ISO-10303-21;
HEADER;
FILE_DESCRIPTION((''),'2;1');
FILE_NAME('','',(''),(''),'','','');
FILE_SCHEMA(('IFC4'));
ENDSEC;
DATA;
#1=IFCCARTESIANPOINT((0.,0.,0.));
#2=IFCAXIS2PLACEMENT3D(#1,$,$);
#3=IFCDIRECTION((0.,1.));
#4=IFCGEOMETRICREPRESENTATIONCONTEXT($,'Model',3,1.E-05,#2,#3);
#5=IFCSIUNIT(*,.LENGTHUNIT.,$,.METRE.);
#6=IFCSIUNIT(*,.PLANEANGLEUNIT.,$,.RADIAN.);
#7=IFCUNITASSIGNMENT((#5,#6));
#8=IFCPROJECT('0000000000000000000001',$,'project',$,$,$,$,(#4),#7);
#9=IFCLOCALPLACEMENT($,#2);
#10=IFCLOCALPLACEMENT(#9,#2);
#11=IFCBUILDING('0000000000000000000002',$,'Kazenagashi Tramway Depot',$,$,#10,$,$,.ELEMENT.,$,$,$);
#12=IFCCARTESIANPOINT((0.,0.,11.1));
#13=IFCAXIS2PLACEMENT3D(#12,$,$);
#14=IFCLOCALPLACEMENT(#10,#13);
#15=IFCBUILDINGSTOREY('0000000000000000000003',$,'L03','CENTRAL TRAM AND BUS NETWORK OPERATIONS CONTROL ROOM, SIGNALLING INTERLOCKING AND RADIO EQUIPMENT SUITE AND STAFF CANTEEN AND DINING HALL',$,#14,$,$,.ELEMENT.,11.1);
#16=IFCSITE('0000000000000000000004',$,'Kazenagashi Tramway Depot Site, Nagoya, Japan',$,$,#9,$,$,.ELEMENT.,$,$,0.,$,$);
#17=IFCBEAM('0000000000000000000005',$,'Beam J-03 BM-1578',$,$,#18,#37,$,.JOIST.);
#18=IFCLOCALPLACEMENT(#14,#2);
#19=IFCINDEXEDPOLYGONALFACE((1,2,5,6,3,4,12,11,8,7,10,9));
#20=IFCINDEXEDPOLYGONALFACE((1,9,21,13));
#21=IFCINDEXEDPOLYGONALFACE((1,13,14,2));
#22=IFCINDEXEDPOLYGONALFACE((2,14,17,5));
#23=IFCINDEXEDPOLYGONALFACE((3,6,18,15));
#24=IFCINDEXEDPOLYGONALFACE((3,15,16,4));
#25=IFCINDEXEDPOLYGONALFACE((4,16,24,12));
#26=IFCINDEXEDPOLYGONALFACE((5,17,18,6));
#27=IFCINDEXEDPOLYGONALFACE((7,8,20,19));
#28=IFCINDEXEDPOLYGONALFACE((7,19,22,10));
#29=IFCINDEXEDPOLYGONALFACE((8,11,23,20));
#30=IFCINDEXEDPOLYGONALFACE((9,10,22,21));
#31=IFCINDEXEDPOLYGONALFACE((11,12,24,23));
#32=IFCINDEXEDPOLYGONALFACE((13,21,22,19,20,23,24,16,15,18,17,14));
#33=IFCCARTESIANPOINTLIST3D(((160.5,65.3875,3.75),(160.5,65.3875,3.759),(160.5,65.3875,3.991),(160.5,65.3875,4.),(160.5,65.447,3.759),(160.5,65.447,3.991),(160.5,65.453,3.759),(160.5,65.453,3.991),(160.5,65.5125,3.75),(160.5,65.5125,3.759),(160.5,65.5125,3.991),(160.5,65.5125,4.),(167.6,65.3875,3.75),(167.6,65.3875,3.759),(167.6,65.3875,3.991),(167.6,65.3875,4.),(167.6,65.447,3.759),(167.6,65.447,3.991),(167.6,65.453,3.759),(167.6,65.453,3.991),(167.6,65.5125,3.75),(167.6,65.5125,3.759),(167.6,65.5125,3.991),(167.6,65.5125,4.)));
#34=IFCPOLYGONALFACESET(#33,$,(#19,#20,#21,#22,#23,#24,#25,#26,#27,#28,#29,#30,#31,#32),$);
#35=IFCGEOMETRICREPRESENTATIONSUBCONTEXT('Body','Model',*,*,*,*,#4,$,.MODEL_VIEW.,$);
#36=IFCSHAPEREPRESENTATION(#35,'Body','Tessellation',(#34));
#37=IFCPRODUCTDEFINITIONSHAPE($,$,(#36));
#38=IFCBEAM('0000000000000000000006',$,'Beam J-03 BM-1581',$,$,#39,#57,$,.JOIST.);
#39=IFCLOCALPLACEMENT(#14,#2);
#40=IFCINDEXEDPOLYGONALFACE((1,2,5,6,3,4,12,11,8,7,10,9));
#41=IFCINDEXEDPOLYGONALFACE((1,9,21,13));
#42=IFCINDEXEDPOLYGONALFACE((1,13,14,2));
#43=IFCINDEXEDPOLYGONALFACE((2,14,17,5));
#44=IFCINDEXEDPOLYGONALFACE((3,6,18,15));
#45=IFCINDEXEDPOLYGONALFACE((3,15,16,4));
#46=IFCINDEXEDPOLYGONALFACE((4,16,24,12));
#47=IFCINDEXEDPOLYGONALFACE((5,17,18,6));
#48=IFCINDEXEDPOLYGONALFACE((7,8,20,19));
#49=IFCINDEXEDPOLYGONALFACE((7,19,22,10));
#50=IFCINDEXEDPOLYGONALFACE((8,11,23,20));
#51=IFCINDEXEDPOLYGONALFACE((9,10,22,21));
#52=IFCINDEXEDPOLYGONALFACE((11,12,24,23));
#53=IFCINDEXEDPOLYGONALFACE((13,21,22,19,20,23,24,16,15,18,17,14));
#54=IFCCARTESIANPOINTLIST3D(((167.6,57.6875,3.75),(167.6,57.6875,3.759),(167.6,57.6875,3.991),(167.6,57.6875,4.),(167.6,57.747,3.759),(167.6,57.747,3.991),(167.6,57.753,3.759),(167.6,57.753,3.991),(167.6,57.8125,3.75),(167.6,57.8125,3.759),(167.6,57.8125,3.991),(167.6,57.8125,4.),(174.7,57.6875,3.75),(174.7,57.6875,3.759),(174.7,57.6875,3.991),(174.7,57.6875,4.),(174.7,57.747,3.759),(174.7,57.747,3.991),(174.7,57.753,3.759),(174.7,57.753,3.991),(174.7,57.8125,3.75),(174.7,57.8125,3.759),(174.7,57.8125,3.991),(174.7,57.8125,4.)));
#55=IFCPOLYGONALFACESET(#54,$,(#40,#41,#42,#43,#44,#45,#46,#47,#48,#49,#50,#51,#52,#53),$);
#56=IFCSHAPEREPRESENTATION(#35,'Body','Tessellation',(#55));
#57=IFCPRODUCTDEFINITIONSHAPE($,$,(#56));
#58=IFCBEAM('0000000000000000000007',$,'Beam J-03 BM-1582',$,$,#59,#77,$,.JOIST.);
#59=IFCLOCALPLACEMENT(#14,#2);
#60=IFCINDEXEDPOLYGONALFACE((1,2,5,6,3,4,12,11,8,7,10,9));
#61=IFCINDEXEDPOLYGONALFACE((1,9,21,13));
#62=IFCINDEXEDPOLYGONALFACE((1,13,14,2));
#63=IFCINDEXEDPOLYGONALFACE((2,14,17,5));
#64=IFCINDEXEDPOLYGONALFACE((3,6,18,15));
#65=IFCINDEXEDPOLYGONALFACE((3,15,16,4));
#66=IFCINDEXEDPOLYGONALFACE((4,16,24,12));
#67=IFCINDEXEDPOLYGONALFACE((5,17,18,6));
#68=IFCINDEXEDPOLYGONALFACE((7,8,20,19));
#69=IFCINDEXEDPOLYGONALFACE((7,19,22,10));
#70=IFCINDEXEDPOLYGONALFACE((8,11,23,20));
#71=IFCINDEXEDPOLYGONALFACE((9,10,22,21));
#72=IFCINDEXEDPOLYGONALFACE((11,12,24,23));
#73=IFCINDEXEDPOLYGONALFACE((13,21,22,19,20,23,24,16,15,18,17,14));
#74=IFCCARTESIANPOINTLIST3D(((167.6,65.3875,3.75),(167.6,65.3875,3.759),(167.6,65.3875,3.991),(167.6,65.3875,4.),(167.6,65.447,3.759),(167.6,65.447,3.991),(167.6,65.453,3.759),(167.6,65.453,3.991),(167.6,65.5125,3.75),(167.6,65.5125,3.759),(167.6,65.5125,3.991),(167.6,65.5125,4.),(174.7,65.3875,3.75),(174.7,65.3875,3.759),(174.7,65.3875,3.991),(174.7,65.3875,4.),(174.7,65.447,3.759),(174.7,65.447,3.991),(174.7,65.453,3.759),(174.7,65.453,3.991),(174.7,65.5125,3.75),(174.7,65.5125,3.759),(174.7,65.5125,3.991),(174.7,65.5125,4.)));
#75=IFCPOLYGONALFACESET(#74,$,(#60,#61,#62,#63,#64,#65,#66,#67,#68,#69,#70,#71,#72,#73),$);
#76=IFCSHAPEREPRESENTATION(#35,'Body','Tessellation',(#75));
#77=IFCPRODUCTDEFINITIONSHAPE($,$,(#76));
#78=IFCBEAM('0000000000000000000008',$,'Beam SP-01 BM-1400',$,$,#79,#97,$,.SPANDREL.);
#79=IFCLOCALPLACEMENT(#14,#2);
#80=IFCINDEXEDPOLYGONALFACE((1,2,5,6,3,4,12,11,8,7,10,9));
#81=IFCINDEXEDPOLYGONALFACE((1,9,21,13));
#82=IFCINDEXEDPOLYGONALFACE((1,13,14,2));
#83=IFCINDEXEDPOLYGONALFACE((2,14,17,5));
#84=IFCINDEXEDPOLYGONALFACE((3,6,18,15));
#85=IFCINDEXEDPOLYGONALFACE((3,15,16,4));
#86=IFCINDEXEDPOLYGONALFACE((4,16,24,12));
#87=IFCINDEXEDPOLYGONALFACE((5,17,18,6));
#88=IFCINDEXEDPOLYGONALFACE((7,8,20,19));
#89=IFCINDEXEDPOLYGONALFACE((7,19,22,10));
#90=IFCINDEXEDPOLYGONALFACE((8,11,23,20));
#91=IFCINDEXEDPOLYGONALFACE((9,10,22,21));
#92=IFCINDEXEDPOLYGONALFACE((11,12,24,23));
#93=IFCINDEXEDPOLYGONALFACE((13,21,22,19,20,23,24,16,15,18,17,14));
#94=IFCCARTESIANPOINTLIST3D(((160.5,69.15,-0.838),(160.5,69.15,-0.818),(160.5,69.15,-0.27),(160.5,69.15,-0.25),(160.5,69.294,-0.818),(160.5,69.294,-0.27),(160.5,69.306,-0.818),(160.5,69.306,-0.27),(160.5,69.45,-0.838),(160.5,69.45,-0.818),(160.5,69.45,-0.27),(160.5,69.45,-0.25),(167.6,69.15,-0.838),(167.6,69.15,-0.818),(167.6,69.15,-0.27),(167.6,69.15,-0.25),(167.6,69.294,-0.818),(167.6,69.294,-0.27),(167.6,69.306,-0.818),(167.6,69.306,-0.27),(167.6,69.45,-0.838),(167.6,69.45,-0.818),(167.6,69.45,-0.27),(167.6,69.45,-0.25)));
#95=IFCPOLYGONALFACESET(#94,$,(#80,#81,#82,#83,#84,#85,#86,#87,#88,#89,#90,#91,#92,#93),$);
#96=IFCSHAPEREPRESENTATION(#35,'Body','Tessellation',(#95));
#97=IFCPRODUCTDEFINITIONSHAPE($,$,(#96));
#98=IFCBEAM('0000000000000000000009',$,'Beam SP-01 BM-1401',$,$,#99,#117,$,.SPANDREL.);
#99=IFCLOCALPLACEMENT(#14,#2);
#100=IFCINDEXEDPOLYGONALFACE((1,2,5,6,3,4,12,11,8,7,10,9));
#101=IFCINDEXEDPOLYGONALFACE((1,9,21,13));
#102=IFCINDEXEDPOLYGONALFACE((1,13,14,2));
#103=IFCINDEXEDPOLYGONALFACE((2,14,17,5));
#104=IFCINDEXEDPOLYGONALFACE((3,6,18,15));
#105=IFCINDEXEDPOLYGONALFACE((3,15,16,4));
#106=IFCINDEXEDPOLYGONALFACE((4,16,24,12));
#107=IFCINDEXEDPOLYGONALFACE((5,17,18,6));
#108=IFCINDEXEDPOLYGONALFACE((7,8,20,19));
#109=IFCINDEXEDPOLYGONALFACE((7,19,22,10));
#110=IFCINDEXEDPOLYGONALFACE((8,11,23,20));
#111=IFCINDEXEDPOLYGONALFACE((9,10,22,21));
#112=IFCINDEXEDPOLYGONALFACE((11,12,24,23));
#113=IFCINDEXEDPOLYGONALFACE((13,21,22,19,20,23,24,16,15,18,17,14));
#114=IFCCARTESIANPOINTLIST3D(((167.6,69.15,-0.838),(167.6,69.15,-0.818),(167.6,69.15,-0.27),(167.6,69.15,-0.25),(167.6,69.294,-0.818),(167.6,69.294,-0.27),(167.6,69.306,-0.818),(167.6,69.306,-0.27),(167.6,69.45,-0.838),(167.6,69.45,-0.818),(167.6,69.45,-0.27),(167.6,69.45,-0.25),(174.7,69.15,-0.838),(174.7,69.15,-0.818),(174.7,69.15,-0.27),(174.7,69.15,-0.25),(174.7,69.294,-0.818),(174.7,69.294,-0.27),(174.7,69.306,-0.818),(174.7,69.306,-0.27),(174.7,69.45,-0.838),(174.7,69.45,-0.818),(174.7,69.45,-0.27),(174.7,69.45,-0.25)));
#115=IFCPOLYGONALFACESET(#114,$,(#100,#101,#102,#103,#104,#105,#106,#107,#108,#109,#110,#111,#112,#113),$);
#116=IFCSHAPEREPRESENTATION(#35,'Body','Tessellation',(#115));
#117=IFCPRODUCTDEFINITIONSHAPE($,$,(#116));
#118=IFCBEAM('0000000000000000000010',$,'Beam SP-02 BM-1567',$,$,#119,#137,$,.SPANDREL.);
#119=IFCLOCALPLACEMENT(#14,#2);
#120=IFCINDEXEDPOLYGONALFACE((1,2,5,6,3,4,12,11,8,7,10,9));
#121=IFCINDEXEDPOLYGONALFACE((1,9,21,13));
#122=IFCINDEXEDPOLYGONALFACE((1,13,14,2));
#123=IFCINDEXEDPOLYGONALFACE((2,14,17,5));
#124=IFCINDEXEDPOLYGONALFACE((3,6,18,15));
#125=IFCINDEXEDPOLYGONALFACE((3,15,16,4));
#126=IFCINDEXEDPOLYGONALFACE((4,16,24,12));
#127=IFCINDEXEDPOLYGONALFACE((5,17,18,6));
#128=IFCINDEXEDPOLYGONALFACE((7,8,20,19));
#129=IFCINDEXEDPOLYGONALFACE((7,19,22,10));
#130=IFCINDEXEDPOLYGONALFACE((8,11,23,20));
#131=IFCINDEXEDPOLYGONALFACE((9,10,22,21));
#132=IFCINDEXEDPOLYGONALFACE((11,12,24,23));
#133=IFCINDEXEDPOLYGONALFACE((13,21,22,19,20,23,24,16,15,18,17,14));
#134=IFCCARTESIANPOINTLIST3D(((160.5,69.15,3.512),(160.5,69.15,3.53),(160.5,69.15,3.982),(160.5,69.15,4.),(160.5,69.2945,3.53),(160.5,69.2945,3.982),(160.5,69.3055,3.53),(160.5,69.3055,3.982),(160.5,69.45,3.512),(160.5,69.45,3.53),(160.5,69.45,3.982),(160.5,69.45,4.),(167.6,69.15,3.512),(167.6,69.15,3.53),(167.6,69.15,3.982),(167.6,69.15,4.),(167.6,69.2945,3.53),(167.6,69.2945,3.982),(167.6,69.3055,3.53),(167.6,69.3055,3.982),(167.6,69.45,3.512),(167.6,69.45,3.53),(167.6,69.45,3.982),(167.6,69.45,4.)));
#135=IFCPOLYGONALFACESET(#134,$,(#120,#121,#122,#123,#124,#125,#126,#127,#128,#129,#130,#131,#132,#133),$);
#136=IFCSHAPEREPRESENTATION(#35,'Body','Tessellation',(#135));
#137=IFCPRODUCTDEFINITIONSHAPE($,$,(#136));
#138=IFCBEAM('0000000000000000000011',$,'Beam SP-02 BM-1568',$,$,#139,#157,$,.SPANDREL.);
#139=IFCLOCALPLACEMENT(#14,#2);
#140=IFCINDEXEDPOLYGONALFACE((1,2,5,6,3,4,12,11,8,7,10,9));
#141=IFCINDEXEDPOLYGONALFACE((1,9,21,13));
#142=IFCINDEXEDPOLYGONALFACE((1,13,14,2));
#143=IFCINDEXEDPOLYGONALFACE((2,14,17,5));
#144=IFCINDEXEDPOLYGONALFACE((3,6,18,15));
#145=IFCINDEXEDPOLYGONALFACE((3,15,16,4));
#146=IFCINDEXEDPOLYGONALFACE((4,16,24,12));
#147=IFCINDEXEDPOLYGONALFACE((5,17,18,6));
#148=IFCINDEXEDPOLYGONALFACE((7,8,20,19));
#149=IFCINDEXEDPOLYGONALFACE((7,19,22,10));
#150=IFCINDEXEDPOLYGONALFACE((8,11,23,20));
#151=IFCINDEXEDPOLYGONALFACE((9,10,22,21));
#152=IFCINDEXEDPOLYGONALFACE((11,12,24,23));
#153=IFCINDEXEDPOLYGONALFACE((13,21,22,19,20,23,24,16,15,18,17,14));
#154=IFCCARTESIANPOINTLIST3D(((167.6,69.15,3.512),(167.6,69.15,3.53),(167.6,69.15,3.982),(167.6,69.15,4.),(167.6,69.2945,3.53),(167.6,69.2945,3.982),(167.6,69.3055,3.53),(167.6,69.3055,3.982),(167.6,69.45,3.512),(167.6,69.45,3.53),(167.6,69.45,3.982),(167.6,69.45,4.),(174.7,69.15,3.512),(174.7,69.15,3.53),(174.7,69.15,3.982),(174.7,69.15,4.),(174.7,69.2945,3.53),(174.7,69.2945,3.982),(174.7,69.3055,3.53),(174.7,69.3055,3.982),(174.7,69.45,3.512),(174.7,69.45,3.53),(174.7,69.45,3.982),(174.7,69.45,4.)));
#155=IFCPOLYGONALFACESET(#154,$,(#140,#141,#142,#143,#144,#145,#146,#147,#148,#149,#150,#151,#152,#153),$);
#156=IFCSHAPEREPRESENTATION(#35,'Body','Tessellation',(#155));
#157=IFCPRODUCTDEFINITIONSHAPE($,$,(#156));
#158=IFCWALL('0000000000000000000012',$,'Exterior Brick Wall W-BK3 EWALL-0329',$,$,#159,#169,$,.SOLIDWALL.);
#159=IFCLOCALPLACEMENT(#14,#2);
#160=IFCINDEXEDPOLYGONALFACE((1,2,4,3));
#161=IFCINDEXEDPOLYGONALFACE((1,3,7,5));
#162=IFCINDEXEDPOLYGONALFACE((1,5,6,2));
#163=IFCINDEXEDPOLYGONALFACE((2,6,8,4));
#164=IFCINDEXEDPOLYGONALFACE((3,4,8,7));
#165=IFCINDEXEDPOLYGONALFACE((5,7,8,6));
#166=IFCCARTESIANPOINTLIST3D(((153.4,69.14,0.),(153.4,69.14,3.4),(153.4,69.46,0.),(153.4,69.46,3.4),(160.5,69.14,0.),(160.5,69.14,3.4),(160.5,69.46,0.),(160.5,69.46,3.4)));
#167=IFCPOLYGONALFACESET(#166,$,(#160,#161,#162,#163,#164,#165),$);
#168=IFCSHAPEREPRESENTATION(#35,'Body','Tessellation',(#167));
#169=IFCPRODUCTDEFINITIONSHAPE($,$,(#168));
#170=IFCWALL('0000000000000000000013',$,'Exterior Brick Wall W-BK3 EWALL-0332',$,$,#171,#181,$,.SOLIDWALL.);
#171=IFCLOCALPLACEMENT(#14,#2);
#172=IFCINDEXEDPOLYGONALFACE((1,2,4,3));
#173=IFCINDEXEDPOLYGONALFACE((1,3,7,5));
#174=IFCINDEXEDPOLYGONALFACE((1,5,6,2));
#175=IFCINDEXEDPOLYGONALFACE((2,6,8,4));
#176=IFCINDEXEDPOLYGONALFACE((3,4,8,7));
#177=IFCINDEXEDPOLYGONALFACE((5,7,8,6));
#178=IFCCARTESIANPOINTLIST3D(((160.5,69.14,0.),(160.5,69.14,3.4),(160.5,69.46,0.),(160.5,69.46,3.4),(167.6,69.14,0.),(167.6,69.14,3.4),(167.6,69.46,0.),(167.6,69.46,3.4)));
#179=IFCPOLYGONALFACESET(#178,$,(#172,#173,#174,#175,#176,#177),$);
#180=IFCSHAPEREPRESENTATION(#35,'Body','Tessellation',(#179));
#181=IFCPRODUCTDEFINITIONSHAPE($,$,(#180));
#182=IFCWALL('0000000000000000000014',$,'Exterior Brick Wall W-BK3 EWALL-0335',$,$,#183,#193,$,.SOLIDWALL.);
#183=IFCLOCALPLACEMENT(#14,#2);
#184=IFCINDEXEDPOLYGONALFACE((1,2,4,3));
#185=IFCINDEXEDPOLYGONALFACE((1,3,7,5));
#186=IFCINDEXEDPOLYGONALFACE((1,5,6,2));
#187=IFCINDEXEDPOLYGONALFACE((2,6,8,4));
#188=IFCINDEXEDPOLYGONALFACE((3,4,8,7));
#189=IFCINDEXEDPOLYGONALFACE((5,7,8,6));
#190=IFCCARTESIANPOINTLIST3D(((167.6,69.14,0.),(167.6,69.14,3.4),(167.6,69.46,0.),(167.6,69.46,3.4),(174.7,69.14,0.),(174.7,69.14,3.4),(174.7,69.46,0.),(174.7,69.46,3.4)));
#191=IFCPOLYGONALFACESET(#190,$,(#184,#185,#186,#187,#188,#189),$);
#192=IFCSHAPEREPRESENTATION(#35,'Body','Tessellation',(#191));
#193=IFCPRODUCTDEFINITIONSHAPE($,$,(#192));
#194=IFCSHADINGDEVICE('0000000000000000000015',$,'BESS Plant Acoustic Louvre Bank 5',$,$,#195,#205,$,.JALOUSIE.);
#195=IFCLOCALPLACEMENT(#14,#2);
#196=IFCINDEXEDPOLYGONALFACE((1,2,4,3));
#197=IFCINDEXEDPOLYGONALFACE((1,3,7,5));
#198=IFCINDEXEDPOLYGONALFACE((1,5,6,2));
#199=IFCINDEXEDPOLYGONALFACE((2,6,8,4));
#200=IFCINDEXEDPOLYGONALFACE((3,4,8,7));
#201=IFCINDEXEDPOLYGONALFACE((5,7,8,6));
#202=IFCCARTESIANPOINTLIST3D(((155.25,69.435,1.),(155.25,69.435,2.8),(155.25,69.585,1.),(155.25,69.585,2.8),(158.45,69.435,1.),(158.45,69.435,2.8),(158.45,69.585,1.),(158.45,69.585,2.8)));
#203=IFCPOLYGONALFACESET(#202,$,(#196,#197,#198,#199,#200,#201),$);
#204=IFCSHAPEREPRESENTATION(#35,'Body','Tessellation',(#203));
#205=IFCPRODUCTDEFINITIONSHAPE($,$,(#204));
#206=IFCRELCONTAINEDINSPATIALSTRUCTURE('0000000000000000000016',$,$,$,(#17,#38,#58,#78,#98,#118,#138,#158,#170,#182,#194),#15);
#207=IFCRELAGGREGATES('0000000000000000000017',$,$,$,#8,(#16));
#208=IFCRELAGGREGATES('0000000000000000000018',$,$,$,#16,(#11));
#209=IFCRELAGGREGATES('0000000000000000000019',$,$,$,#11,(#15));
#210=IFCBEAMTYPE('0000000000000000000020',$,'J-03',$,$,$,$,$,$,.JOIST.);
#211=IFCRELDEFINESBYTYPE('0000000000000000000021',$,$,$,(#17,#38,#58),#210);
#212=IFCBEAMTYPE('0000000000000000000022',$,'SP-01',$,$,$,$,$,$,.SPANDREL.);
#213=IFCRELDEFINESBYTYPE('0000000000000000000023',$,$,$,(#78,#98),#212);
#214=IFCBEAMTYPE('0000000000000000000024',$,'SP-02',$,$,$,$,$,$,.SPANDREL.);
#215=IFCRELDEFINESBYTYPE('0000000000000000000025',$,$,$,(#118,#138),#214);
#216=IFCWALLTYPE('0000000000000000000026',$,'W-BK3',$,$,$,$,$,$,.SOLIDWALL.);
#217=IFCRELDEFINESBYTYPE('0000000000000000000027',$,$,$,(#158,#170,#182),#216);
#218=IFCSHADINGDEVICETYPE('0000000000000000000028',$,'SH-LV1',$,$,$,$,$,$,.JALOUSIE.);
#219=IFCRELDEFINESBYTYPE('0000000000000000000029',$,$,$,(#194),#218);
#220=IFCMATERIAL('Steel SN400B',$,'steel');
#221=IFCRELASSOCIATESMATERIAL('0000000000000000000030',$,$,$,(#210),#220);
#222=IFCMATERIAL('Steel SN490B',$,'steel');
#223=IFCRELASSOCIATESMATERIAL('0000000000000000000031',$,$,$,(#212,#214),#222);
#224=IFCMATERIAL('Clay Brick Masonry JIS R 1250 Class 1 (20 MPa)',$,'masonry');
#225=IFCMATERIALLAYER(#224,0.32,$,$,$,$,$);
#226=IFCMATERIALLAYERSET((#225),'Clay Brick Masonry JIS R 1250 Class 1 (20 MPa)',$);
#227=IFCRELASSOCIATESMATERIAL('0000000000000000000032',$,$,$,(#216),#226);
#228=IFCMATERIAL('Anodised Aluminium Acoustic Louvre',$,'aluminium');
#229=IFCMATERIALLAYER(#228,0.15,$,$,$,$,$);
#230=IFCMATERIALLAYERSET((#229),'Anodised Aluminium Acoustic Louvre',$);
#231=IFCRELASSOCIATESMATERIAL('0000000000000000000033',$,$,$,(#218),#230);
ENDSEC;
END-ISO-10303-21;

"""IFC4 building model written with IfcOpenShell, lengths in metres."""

from ifc_helpers import new_model, si_unit, direction, frame, frame_2d, origin, origin_2d, place, context, subcontext, project, spatial, rectangle, i_section, extrude, material, layer, layer_set, material_profile, profile_set, type_object, element, save


model = new_model("IFC4")

# Units and contexts
model_context = context("Model", 3, precision=1e-05, world=origin(), true_north=direction((0.0, 1.0)))
body_context = subcontext(model_context, "Body", "Model", "MODEL_VIEW")
ifc_project = project(units=[si_unit("LENGTHUNIT", "METRE"), si_unit("PLANEANGLEUNIT", "RADIAN")], contexts=[model_context])

# Site, building, storey
site_placement = place(None, origin())
site = spatial("IfcSite", under=ifc_project, at=site_placement, Name="Kazenagashi Tramway Depot Site, Nagoya, Japan", CompositionType="ELEMENT", RefElevation=0.0)
building_placement = place(site_placement, origin())
building = spatial("IfcBuilding", under=site, at=building_placement, Name="Kazenagashi Tramway Depot", CompositionType="ELEMENT")
storey_placement = place(building_placement, frame((0.0, 0.0, 11.1)))
storey = spatial("IfcBuildingStorey", under=building, at=storey_placement, Name="L03", Description="CENTRAL TRAM AND BUS NETWORK OPERATIONS CONTROL ROOM, SIGNALLING INTERLOCKING AND RADIO EQUIPMENT SUITE AND STAFF CANTEEN AND DINING HALL", CompositionType="ELEMENT", Elevation=11.1)

# Shared definitions
ifc_material_1 = material(Name="Steel SN490B", Category="steel")

# Beams
ifc_material_2 = material(Name="Steel SN400B", Category="steel")
ifc_material_profile_1 = material_profile(ifc_material_2, i_section(OverallWidth=0.125, OverallDepth=0.25, WebThickness=0.006, FlangeThickness=0.009, at=origin_2d()), Name="H-250x125x6x9")
ifc_profile_set_1 = profile_set([ifc_material_profile_1], Name="Steel SN400B")
beam_type_1 = type_object("IfcBeamType", Name="J-03", PredefinedType="JOIST", material=ifc_profile_set_1)
for number, where, z_axis, x_axis, name in (
    (1, (160.5, 65.45, 3.875), (1.0, 0.0, 0.0), (0.0, 1.0, 0.0), "Beam J-03 BM-1578"),
    (2, (167.6, 57.75, 3.875), (1.0, 0.0, 0.0), (0.0, 1.0, 0.0), "Beam J-03 BM-1581"),
    (3, (167.6, 65.45, 3.875), (1.0, 0.0, 0.0), (0.0, 1.0, 0.0), "Beam J-03 BM-1582"),
):
    element("IfcBeam", number, at=place(storey_placement, frame(where, z_axis=z_axis, x_axis=x_axis)), inside=storey, type_object=beam_type_1, Name=name, PredefinedType="JOIST", context=body_context, shape_type="SweptSolid", body=[
        extrude(i_section(OverallWidth=0.125, OverallDepth=0.25, WebThickness=0.006, FlangeThickness=0.009, at=origin_2d()), origin(), (0.0, 0.0, 1.0), 7.1),
    ])
ifc_material_profile_2 = material_profile(ifc_material_1, i_section(OverallWidth=0.3, OverallDepth=0.588, WebThickness=0.012, FlangeThickness=0.02, at=origin_2d()), Name="H-588x300x12x20")
ifc_profile_set_2 = profile_set([ifc_material_profile_2], Name="Steel SN490B")
beam_type_2 = type_object("IfcBeamType", Name="SP-01", PredefinedType="SPANDREL", material=ifc_profile_set_2)
for number, where, z_axis, x_axis, name in (
    (4, (160.5, 69.3, -0.544), (1.0, 0.0, 0.0), (0.0, 1.0, 0.0), "Beam SP-01 BM-1400"),
    (5, (167.6, 69.3, -0.544), (1.0, 0.0, 0.0), (0.0, 1.0, 0.0), "Beam SP-01 BM-1401"),
):
    element("IfcBeam", number, at=place(storey_placement, frame(where, z_axis=z_axis, x_axis=x_axis)), inside=storey, type_object=beam_type_2, Name=name, PredefinedType="SPANDREL", context=body_context, shape_type="SweptSolid", body=[
        extrude(i_section(OverallWidth=0.3, OverallDepth=0.588, WebThickness=0.012, FlangeThickness=0.02, at=origin_2d()), origin(), (0.0, 0.0, 1.0), 7.1),
    ])
ifc_material_profile_3 = material_profile(ifc_material_1, i_section(OverallWidth=0.3, OverallDepth=0.488, WebThickness=0.011, FlangeThickness=0.018, at=origin_2d()), Name="H-488x300x11x18")
ifc_profile_set_3 = profile_set([ifc_material_profile_3], Name="Steel SN490B")
beam_type_3 = type_object("IfcBeamType", Name="SP-02", PredefinedType="SPANDREL", material=ifc_profile_set_3)
for number, where, z_axis, x_axis, name in (
    (6, (160.5, 69.3, 3.756), (1.0, 0.0, 0.0), (0.0, 1.0, 0.0), "Beam SP-02 BM-1567"),
    (7, (167.6, 69.3, 3.756), (1.0, 0.0, 0.0), (0.0, 1.0, 0.0), "Beam SP-02 BM-1568"),
):
    element("IfcBeam", number, at=place(storey_placement, frame(where, z_axis=z_axis, x_axis=x_axis)), inside=storey, type_object=beam_type_3, Name=name, PredefinedType="SPANDREL", context=body_context, shape_type="SweptSolid", body=[
        extrude(i_section(OverallWidth=0.3, OverallDepth=0.488, WebThickness=0.011, FlangeThickness=0.018, at=origin_2d()), origin(), (0.0, 0.0, 1.0), 7.1),
    ])

# Walls
ifc_material_3 = material(Name="Clay Brick Masonry JIS R 1250 Class 1 (20 MPa)", Category="masonry")
ifc_layer_1 = layer(ifc_material_3, 0.32)
ifc_layer_set_1 = layer_set([ifc_layer_1], Name="Clay Brick Masonry JIS R 1250 Class 1 (20 MPa)")
wall_type = type_object("IfcWallType", Name="W-BK3", PredefinedType="SOLIDWALL", material=ifc_layer_set_1)
for number, where, z_axis, x_axis, name in (
    (8, (153.4, 69.3, 0.0), (0.0, 0.0, 1.0), (1.0, 0.0, 0.0), "Exterior Brick Wall W-BK3 EWALL-0329"),
    (9, (160.5, 69.3, 0.0), (0.0, 0.0, 1.0), (1.0, 0.0, 0.0), "Exterior Brick Wall W-BK3 EWALL-0332"),
    (10, (167.6, 69.3, 0.0), (0.0, 0.0, 1.0), (1.0, 0.0, 0.0), "Exterior Brick Wall W-BK3 EWALL-0335"),
):
    element("IfcWall", number, at=place(storey_placement, frame(where, z_axis=z_axis, x_axis=x_axis)), inside=storey, type_object=wall_type, Name=name, PredefinedType="SOLIDWALL", context=body_context, shape_type="SweptSolid", body=[
        extrude(rectangle(XDim=7.1, YDim=0.32, at=frame_2d((3.55, 0.0))), origin(), (0.0, 0.0, 1.0), 3.4),
    ])

# Shading device
ifc_material_4 = material(Name="Anodised Aluminium Acoustic Louvre", Category="aluminium")
ifc_layer_2 = layer(ifc_material_4, 0.15)
ifc_layer_set_2 = layer_set([ifc_layer_2], Name="Anodised Aluminium Acoustic Louvre")
shading_device_type = type_object("IfcShadingDeviceType", Name="SH-LV1", PredefinedType="JALOUSIE", material=ifc_layer_set_2)
for number, where, z_axis, x_axis, name in (
    (11, (156.85, 69.51, 1.0), (0.0, 0.0, 1.0), (1.0, 0.0, 0.0), "BESS Plant Acoustic Louvre Bank 5"),
):
    element("IfcShadingDevice", number, at=place(storey_placement, frame(where, z_axis=z_axis, x_axis=x_axis)), inside=storey, type_object=shading_device_type, Name=name, PredefinedType="JALOUSIE", context=body_context, shape_type="SweptSolid", body=[
        extrude(rectangle(XDim=3.2, YDim=0.15, at=origin_2d()), origin(), (0.0, 0.0, 1.0), 1.8),
    ])

save(model, "model.ifc")
